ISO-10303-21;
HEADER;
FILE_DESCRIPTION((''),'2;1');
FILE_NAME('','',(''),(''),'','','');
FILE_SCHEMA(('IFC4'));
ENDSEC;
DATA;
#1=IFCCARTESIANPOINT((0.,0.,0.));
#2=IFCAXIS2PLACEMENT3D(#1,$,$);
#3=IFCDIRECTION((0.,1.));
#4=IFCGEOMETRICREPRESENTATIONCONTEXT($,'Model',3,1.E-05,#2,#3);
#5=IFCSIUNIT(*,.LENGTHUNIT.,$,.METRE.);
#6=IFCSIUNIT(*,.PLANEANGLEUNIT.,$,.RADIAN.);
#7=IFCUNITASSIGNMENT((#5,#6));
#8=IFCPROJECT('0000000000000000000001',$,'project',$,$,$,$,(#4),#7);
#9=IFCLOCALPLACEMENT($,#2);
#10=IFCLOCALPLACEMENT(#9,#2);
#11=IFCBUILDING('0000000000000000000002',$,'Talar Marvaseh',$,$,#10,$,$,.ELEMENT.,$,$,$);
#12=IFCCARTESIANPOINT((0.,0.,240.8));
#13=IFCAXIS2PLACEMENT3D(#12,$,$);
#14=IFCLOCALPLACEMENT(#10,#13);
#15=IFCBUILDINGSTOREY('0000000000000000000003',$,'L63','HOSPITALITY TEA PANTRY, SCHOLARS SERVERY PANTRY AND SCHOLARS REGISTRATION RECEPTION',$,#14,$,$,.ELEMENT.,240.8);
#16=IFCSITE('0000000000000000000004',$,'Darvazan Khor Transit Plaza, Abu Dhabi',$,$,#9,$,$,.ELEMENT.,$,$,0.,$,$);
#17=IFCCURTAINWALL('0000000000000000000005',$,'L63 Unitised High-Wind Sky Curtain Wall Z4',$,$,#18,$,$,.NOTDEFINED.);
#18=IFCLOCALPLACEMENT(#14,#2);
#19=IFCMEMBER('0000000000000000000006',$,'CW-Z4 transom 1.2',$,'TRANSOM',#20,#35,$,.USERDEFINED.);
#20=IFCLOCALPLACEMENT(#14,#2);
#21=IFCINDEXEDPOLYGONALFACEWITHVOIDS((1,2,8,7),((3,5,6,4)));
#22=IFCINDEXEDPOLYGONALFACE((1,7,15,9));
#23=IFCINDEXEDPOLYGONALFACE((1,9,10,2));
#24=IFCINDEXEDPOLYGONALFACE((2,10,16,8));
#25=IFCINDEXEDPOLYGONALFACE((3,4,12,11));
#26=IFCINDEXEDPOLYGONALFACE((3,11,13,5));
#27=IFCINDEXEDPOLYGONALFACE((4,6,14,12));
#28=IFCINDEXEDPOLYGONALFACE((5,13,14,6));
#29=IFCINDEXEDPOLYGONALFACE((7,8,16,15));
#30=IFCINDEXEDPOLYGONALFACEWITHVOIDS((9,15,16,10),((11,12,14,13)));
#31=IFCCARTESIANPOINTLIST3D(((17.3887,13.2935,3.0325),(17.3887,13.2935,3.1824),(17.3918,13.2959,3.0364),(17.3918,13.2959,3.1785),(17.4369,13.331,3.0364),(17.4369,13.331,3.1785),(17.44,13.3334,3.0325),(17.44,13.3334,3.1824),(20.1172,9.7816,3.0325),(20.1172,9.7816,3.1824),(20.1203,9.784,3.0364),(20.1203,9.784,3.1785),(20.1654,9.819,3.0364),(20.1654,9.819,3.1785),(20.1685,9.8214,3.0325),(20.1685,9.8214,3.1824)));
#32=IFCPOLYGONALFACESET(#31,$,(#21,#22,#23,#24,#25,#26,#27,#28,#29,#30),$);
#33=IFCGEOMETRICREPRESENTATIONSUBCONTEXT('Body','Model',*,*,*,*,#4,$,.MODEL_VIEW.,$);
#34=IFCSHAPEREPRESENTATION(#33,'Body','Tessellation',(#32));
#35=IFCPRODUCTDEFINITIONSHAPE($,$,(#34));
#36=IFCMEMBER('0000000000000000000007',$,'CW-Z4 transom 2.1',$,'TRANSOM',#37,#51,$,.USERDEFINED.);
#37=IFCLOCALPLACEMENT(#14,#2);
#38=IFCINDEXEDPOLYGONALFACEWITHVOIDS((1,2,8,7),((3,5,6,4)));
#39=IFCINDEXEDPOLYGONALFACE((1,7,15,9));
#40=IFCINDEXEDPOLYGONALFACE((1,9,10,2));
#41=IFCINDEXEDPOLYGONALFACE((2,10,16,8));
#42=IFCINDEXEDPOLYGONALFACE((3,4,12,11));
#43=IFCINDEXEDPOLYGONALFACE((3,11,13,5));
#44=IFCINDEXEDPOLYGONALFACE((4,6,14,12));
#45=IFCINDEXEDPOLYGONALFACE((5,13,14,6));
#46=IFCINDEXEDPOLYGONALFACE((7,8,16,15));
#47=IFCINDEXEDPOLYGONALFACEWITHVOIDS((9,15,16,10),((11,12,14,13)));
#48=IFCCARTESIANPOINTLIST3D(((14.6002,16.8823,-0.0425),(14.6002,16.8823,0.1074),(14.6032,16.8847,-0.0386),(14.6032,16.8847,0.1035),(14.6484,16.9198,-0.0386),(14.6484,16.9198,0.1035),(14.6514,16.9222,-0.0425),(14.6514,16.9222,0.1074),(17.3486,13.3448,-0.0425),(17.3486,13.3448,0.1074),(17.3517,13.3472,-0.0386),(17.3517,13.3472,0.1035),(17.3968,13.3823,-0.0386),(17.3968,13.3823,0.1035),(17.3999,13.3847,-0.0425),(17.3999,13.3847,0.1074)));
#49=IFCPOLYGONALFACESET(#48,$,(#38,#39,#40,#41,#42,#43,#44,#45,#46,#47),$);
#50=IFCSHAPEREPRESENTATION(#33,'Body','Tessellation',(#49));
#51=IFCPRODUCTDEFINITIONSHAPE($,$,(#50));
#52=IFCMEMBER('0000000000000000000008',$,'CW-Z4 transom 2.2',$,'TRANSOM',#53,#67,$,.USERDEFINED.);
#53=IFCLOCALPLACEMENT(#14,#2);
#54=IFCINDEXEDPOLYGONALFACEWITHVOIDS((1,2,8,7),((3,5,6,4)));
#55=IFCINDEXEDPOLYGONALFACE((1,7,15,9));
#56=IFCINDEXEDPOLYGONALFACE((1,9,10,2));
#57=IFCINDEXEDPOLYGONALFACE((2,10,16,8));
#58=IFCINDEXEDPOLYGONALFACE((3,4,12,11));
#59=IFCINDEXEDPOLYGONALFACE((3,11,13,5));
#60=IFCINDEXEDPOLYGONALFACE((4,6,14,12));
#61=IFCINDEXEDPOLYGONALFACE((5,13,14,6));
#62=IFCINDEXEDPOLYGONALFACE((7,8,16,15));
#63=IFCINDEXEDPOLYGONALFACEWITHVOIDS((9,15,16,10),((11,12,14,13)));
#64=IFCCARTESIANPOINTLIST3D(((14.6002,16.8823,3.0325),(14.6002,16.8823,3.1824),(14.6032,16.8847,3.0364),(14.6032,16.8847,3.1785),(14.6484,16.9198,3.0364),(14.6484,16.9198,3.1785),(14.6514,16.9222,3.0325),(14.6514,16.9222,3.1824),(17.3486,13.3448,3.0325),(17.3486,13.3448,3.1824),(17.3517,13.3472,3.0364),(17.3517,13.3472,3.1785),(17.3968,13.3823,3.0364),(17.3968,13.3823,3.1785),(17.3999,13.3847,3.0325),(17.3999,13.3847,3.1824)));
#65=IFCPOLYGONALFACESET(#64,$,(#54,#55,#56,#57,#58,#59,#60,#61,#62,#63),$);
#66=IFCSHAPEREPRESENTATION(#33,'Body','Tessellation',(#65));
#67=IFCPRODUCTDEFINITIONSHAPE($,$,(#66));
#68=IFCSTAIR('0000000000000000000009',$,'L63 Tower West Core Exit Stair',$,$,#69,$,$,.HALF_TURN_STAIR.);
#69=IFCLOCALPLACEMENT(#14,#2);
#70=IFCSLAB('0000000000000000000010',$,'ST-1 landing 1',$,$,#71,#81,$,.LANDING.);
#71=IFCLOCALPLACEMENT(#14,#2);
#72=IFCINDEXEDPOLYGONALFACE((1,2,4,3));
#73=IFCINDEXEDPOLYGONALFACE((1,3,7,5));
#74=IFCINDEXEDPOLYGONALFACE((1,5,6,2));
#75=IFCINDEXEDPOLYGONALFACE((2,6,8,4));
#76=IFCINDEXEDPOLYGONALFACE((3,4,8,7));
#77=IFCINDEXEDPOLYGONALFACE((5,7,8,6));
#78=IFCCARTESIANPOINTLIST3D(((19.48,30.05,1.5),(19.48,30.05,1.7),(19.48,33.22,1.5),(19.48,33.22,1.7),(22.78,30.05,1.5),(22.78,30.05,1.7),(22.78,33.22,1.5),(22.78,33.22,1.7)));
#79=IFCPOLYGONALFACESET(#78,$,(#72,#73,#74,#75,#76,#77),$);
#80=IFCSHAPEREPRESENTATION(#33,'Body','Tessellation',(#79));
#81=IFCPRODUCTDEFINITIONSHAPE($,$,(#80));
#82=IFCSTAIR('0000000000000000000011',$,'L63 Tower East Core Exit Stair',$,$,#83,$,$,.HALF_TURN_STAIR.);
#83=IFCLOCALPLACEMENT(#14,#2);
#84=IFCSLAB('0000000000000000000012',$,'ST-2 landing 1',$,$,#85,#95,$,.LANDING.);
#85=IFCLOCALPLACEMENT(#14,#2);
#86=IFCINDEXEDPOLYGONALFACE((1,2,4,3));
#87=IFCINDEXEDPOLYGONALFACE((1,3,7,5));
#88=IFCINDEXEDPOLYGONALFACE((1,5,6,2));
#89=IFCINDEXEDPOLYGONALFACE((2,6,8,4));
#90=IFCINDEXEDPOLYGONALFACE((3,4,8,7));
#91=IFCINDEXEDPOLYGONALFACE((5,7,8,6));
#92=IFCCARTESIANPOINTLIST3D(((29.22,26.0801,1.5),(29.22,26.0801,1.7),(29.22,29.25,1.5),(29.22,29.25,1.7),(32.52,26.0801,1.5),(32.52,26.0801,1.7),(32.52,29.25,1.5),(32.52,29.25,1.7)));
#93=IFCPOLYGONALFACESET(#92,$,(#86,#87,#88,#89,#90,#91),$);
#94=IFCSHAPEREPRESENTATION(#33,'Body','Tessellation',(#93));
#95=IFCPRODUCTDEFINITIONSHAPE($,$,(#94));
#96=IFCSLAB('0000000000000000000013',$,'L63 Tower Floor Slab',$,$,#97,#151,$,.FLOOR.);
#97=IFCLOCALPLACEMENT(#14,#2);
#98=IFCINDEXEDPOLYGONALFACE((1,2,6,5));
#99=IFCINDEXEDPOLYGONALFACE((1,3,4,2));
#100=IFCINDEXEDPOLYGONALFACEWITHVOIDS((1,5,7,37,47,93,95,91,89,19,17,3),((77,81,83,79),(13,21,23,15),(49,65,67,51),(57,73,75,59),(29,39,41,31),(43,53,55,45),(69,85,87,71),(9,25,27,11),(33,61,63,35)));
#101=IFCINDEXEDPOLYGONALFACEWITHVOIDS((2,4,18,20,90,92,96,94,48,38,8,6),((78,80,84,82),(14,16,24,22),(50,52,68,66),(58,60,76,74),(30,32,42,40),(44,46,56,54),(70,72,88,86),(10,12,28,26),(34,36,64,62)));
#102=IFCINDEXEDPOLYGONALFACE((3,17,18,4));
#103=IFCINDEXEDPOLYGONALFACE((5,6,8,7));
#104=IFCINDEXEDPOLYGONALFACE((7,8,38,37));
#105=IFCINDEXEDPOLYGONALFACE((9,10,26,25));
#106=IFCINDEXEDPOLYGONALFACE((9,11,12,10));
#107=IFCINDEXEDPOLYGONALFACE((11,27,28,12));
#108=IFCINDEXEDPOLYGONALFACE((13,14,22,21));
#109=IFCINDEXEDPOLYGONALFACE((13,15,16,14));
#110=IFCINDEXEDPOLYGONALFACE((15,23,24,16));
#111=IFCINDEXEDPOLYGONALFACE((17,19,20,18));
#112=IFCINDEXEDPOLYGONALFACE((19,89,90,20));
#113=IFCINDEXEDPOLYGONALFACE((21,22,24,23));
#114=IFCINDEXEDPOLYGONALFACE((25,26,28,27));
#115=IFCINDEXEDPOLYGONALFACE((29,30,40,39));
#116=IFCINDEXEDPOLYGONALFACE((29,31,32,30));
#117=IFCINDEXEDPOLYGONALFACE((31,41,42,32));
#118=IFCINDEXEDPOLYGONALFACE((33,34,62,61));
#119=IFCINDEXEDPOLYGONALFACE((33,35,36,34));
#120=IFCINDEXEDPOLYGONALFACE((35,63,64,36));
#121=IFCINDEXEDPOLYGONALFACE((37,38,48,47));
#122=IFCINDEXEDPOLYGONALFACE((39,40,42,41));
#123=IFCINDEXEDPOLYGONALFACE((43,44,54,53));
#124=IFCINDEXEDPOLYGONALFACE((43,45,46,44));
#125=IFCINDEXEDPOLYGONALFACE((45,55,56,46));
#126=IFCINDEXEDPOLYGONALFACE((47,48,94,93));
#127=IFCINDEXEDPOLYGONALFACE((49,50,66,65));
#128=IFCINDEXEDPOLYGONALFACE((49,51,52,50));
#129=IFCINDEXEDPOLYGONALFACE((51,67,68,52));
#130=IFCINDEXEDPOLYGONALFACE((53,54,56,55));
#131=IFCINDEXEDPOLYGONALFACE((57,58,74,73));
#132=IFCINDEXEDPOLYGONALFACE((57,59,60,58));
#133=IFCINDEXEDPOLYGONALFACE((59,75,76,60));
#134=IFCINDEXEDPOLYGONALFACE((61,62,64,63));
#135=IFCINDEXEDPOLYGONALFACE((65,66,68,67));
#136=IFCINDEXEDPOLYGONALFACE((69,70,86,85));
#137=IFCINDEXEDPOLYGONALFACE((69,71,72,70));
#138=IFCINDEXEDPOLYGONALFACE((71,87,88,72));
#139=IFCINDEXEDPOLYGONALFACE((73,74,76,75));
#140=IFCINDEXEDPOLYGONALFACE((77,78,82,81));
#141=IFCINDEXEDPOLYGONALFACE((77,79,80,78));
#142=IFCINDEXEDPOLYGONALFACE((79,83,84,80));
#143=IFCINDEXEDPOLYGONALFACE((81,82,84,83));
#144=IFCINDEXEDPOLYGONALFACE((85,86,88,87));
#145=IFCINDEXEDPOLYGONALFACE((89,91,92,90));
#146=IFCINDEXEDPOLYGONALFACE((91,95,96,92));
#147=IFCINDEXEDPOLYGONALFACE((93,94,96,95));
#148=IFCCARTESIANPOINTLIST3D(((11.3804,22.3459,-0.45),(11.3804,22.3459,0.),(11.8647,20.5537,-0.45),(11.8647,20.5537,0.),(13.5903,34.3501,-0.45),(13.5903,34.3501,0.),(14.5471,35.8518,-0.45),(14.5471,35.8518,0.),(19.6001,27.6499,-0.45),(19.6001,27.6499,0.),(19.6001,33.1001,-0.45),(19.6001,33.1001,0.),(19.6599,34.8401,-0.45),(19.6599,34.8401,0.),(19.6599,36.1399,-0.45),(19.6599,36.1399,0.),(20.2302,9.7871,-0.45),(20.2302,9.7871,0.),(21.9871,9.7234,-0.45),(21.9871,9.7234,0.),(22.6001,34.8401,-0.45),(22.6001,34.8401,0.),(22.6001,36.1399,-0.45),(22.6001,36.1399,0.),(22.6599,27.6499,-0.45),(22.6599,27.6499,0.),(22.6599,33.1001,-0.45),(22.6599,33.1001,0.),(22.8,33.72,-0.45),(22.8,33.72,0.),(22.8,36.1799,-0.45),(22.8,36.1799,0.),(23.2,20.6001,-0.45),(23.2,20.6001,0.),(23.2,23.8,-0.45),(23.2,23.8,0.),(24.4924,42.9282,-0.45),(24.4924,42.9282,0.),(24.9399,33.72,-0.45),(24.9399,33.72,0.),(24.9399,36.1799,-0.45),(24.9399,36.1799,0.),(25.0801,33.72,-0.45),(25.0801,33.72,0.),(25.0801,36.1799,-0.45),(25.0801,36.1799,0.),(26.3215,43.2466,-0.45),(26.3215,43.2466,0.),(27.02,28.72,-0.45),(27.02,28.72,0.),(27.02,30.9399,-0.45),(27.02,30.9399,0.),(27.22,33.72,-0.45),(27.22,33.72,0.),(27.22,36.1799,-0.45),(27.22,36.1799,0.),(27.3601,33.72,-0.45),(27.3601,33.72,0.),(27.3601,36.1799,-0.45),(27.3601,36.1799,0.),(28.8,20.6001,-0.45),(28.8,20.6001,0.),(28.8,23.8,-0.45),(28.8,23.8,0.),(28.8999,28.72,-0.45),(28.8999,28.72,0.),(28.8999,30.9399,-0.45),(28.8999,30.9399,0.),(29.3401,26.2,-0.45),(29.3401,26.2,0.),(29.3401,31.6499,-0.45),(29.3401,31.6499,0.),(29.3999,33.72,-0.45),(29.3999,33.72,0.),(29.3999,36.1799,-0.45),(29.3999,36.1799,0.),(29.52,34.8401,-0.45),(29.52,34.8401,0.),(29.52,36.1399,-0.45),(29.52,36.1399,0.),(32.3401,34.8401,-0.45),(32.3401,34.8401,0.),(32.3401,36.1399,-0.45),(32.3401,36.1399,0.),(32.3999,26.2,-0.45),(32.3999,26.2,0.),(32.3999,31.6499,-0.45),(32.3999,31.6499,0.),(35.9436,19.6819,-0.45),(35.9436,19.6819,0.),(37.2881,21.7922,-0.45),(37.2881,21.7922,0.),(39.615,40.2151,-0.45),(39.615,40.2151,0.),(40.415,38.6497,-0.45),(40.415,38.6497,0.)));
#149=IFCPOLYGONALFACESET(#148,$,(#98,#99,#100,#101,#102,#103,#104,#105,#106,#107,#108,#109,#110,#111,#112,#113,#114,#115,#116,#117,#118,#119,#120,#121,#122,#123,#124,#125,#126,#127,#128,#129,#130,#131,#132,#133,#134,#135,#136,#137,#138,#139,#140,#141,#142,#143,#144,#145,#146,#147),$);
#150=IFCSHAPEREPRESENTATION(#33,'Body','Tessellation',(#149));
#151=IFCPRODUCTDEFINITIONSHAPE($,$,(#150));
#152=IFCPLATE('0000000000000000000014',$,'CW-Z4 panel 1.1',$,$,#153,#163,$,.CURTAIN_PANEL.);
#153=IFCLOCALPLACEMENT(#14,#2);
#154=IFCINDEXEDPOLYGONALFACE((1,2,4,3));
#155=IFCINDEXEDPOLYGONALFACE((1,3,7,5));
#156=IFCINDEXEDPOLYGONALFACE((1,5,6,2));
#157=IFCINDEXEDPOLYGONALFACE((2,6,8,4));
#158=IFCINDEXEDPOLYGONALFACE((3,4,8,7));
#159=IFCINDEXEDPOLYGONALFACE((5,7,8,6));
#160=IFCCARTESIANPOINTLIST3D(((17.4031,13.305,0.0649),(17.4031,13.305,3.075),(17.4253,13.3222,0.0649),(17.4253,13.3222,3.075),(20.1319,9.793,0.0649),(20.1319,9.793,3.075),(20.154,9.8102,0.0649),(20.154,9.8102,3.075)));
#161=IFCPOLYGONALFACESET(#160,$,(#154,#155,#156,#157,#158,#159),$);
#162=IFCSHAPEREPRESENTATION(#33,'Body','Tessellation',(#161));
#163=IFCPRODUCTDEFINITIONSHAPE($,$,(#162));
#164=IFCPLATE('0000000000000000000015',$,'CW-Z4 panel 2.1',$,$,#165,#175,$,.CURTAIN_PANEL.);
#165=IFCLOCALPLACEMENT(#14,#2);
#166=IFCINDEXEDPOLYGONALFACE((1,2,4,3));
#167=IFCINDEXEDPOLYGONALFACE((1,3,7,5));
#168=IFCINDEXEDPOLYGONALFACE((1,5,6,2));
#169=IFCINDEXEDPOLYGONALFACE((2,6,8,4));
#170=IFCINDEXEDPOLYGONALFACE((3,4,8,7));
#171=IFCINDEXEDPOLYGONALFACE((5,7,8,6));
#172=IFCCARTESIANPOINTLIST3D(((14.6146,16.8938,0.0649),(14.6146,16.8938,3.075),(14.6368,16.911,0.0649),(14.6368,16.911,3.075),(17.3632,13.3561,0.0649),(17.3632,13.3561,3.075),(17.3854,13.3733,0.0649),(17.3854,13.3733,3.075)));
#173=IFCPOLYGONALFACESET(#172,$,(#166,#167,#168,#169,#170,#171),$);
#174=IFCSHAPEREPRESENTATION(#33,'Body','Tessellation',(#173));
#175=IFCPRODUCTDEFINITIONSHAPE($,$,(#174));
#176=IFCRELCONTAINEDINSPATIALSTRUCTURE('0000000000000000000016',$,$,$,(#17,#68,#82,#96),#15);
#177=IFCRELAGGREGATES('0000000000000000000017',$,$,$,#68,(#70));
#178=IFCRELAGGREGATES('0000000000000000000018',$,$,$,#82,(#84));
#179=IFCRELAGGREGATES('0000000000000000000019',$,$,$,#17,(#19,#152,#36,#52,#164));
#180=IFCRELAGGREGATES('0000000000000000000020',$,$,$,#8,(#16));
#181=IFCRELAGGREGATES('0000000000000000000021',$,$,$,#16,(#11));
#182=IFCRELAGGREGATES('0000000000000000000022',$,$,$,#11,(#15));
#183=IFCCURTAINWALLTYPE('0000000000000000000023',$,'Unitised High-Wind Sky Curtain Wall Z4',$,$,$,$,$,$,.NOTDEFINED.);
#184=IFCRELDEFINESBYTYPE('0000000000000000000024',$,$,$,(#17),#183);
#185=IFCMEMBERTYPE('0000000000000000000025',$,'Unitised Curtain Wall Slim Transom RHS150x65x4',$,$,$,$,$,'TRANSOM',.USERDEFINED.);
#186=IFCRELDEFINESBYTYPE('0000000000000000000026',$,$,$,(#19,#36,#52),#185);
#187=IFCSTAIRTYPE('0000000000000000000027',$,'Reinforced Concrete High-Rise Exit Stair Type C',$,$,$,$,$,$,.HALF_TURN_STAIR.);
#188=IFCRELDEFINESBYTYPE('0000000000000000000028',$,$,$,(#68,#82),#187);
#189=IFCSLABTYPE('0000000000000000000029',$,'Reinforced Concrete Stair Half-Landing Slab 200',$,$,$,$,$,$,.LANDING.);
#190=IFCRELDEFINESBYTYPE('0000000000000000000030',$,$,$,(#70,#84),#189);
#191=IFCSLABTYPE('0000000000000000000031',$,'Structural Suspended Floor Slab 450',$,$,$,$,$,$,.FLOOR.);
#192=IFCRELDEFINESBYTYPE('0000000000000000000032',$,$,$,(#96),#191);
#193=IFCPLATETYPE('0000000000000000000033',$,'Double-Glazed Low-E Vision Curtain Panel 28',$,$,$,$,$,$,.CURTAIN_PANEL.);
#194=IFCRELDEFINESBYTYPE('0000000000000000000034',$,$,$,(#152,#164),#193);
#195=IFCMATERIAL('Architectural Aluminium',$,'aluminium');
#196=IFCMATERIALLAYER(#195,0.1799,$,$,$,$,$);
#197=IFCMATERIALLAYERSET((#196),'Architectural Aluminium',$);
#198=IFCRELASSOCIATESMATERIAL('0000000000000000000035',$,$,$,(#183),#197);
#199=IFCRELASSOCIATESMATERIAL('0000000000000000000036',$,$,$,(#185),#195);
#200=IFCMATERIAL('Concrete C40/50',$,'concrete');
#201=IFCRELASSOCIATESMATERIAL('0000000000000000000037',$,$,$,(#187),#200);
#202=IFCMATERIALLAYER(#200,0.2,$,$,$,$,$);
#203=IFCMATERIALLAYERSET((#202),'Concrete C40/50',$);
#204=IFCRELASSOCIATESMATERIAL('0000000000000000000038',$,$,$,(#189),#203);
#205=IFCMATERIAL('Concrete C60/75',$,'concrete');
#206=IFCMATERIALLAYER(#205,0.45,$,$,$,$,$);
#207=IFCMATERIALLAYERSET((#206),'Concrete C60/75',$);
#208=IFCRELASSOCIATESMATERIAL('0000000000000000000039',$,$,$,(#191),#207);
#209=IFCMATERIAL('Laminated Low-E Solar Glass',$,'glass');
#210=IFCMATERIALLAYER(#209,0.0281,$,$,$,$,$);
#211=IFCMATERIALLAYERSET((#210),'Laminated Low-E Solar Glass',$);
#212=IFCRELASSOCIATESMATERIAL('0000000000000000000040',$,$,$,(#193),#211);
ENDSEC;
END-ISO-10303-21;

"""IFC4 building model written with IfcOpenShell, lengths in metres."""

from ifc_helpers import new_model, si_unit, direction, frame, origin, origin_2d, place, context, subcontext, project, spatial, polyline, rectangle, hollow_rectangle, outline, extrude, source, transform, mapped, material, layer, layer_set, material_profile, profile_set, type_object, type_shapes, element, aggregate, save


model = new_model("IFC4")

# Units and contexts
model_context = context("Model", 3, precision=1e-05, world=origin(), true_north=direction((0.0, 1.0)))
body_context = subcontext(model_context, "Body", "Model", "MODEL_VIEW")
ifc_project = project(units=[si_unit("LENGTHUNIT", "METRE"), si_unit("PLANEANGLEUNIT", "RADIAN")], contexts=[model_context])

# Site, building, storey
site_placement = place(None, origin())
site = spatial("IfcSite", under=ifc_project, at=site_placement, Name="Darvazan Khor Transit Plaza, Abu Dhabi", CompositionType="ELEMENT", RefElevation=0.0)
building_placement = place(site_placement, origin())
building = spatial("IfcBuilding", under=site, at=building_placement, Name="Talar Marvaseh", CompositionType="ELEMENT")
storey_placement = place(building_placement, frame((0.0, 0.0, 240.8)))
storey = spatial("IfcBuildingStorey", under=building, at=storey_placement, Name="L63", Description="HOSPITALITY TEA PANTRY, SCHOLARS SERVERY PANTRY AND SCHOLARS REGISTRATION RECEPTION", CompositionType="ELEMENT", Elevation=240.8)

# Curtain wall
ifc_material_1 = material(Name="Architectural Aluminium", Category="aluminium")
ifc_layer_1 = layer(ifc_material_1, 0.1799)
ifc_layer_set_1 = layer_set([ifc_layer_1], Name="Architectural Aluminium")
curtain_wall_type = type_object("IfcCurtainWallType", Name="Unitised High-Wind Sky Curtain Wall Z4", PredefinedType="NOTDEFINED", material=ifc_layer_set_1)
curtain_wall_1_placement = place(storey_placement, origin())
curtain_wall_1 = element("IfcCurtainWall", 1, at=curtain_wall_1_placement, inside=storey, type_object=curtain_wall_type, Name="L63 Unitised High-Wind Sky Curtain Wall Z4", PredefinedType="NOTDEFINED")

# Members
ifc_material_profile_1 = material_profile(ifc_material_1, hollow_rectangle(XDim=0.0649, YDim=0.1499, WallThickness=0.0039, at=origin_2d()), Name="RHS150x65x4")
ifc_profile_set_1 = profile_set([ifc_material_profile_1], Name="Architectural Aluminium")
member_type_1 = type_object("IfcMemberType", Name="Unitised Curtain Wall Slim Transom RHS150x65x4", ElementType="TRANSOM", PredefinedType="USERDEFINED", material=ifc_profile_set_1)
shared_shape_1 = source(origin(), body_context, "Body", "SweptSolid", [
    extrude(hollow_rectangle(XDim=0.0649, YDim=0.1499, WallThickness=0.0039, at=origin_2d()), origin(), (0.0, 0.0, 1.0), 4.4473),
])
member_1_placement = place(storey_placement, frame((20.1428, 9.8015, 3.1074), z_axis=(-0.613519, 0.78968, 0.0), x_axis=(-0.78968, -0.613519, 0.0)))
member_1 = element("IfcMember", 2, at=member_1_placement, type_object=member_type_1, Name="CW-Z4 transom 1.2", ObjectType="TRANSOM", PredefinedType="USERDEFINED", context=body_context, shape_type="MappedRepresentation", body=[
    mapped(shared_shape_1, transform((0.0, 0.0, 0.0), x_axis=(1.0, 0.0, 0.0), y_axis=(0.0, 1.0, 0.0), z_axis=(0.0, 0.0, 1.0), scale=1.0)),
])
shared_shape_2 = source(origin(), body_context, "Body", "SweptSolid", [
    extrude(hollow_rectangle(XDim=0.0649, YDim=0.1499, WallThickness=0.0039, at=origin_2d()), origin(), (0.0, 0.0, 1.0), 4.4797),
])
type_shapes(member_type_1, [shared_shape_1, shared_shape_2])
member_2_placement = place(storey_placement, frame((17.3743, 13.3647, 0.0325), z_axis=(-0.613533, 0.789669, 0.0), x_axis=(-0.789669, -0.613533, 0.0)))
member_2 = element("IfcMember", 3, at=member_2_placement, type_object=member_type_1, Name="CW-Z4 transom 2.1", ObjectType="TRANSOM", PredefinedType="USERDEFINED", context=body_context, shape_type="MappedRepresentation", body=[
    mapped(shared_shape_2, transform((0.0, 0.0, 0.0), x_axis=(1.0, 0.0, 0.0), y_axis=(0.0, 1.0, 0.0), z_axis=(0.0, 0.0, 1.0), scale=1.0)),
])
member_3_placement = place(storey_placement, frame((17.3743, 13.3647, 3.1074), z_axis=(-0.613533, 0.789669, 0.0), x_axis=(-0.789669, -0.613533, 0.0)))
member_3 = element("IfcMember", 4, at=member_3_placement, type_object=member_type_1, Name="CW-Z4 transom 2.2", ObjectType="TRANSOM", PredefinedType="USERDEFINED", context=body_context, shape_type="MappedRepresentation", body=[
    mapped(shared_shape_2, transform((0.0, 0.0, 0.0), x_axis=(1.0, 0.0, 0.0), y_axis=(0.0, 1.0, 0.0), z_axis=(0.0, 0.0, 1.0), scale=1.0)),
])

# Stairs, slabs
ifc_material_2 = material(Name="Concrete C40/50", Category="concrete")
stair_type = type_object("IfcStairType", Name="Reinforced Concrete High-Rise Exit Stair Type C", PredefinedType="HALF_TURN_STAIR", material=ifc_material_2)
stair_1_placement = place(storey_placement, origin())
stair_1 = element("IfcStair", 5, at=stair_1_placement, inside=storey, type_object=stair_type, Name="L63 Tower West Core Exit Stair", PredefinedType="HALF_TURN_STAIR")
ifc_layer_2 = layer(ifc_material_2, 0.2)
ifc_layer_set_2 = layer_set([ifc_layer_2], Name="Concrete C40/50")
slab_type_1 = type_object("IfcSlabType", Name="Reinforced Concrete Stair Half-Landing Slab 200", PredefinedType="LANDING", material=ifc_layer_set_2)
slab_1_placement = place(storey_placement, frame((0.0, 0.0, 1.5)))
slab_1 = element("IfcSlab", 6, at=slab_1_placement, type_object=slab_type_1, Name="ST-1 landing 1", PredefinedType="LANDING", context=body_context, shape_type="SweptSolid", body=[
    extrude(outline(polyline([(22.78, 30.05), (22.78, 33.22), (19.48, 33.22), (19.48, 30.05), (22.78, 30.05)])), origin(), (0.0, 0.0, 1.0), 0.2),
])
aggregate(stair_1, [slab_1])
stair_2_placement = place(storey_placement, origin())
stair_2 = element("IfcStair", 7, at=stair_2_placement, inside=storey, type_object=stair_type, Name="L63 Tower East Core Exit Stair", PredefinedType="HALF_TURN_STAIR")
slab_2_placement = place(storey_placement, frame((0.0, 0.0, 1.5)))
slab_2 = element("IfcSlab", 8, at=slab_2_placement, type_object=slab_type_1, Name="ST-2 landing 1", PredefinedType="LANDING", context=body_context, shape_type="SweptSolid", body=[
    extrude(outline(polyline([(29.22, 29.25), (29.22, 26.0801), (32.52, 26.0801), (32.52, 29.25), (29.22, 29.25)])), origin(), (0.0, 0.0, 1.0), 0.2),
])
aggregate(stair_2, [slab_2])

# Slab
ifc_material_3 = material(Name="Concrete C60/75", Category="concrete")
ifc_layer_3 = layer(ifc_material_3, 0.45)
ifc_layer_set_3 = layer_set([ifc_layer_3], Name="Concrete C60/75")
slab_type_2 = type_object("IfcSlabType", Name="Structural Suspended Floor Slab 450", PredefinedType="FLOOR", material=ifc_layer_set_3)
slab_3_placement = place(storey_placement, frame((0.0, 0.0, -0.45)))
element("IfcSlab", 9, at=slab_3_placement, inside=storey, type_object=slab_type_2, Name="L63 Tower Floor Slab", PredefinedType="FLOOR", context=body_context, shape_type="SweptSolid", body=[
    extrude(outline(polyline([(21.9871, 9.7234), (20.2302, 9.7871), (11.8647, 20.5537), (11.3804, 22.3459), (13.5903, 34.3501), (14.5471, 35.8518), (24.4924, 42.9282), (26.3215, 43.2466), (39.615, 40.2151), (40.415, 38.6497), (37.2881, 21.7922), (35.9436, 19.6819), (21.9871, 9.7234)]), holes=[polyline([(22.6599, 27.6499), (22.6599, 33.1001), (19.6001, 33.1001), (19.6001, 27.6499), (22.6599, 27.6499)]), polyline([(29.3401, 31.6499), (29.3401, 26.2), (32.3999, 26.2), (32.3999, 31.6499), (29.3401, 31.6499)]), polyline([(22.8, 33.72), (24.9399, 33.72), (24.9399, 36.1799), (22.8, 36.1799), (22.8, 33.72)]), polyline([(25.0801, 33.72), (27.22, 33.72), (27.22, 36.1799), (25.0801, 36.1799), (25.0801, 33.72)]), polyline([(27.3601, 33.72), (29.3999, 33.72), (29.3999, 36.1799), (27.3601, 36.1799), (27.3601, 33.72)]), polyline([(27.02, 28.72), (28.8999, 28.72), (28.8999, 30.9399), (27.02, 30.9399), (27.02, 28.72)]), polyline([(19.6599, 34.8401), (22.6001, 34.8401), (22.6001, 36.1399), (19.6599, 36.1399), (19.6599, 34.8401)]), polyline([(29.52, 34.8401), (32.3401, 34.8401), (32.3401, 36.1399), (29.52, 36.1399), (29.52, 34.8401)]), polyline([(23.2, 20.6001), (28.8, 20.6001), (28.8, 23.8), (23.2, 23.8), (23.2, 20.6001)])]), origin(), (0.0, 0.0, 1.0), 0.45),
])

# Plates
ifc_material_4 = material(Name="Laminated Low-E Solar Glass", Category="glass")
ifc_layer_4 = layer(ifc_material_4, 0.0281)
ifc_layer_set_4 = layer_set([ifc_layer_4], Name="Laminated Low-E Solar Glass")
plate_type = type_object("IfcPlateType", Name="Double-Glazed Low-E Vision Curtain Panel 28", PredefinedType="CURTAIN_PANEL", material=ifc_layer_set_4)
shared_shape_3 = source(origin(), body_context, "Body", "SweptSolid", [
    extrude(rectangle(XDim=4.4475, YDim=0.0281, at=origin_2d()), origin(), (0.0, 0.0, 1.0), 3.01),
])
plate_1_placement = place(storey_placement, frame((18.7786, 11.5576, 0.0649), z_axis=(0.0, 0.0, 1.0), x_axis=(-0.613544, 0.789661, 0.0)))
plate_1 = element("IfcPlate", 10, at=plate_1_placement, type_object=plate_type, Name="CW-Z4 panel 1.1", PredefinedType="CURTAIN_PANEL", context=body_context, shape_type="MappedRepresentation", body=[
    mapped(shared_shape_3, transform((0.0, 0.0, 0.0), x_axis=(1.0, 0.0, 0.0), y_axis=(0.0, 1.0, 0.0), z_axis=(0.0, 0.0, 1.0), scale=1.0)),
])
shared_shape_4 = source(origin(), body_context, "Body", "SweptSolid", [
    extrude(rectangle(XDim=4.48, YDim=0.0281, at=origin_2d()), origin(), (0.0, 0.0, 1.0), 3.01),
])
type_shapes(plate_type, [shared_shape_3, shared_shape_4])
plate_2_placement = place(storey_placement, frame((16.0, 15.1335, 0.0649), z_axis=(0.0, 0.0, 1.0), x_axis=(-0.613544, 0.789661, 0.0)))
plate_2 = element("IfcPlate", 11, at=plate_2_placement, type_object=plate_type, Name="CW-Z4 panel 2.1", PredefinedType="CURTAIN_PANEL", context=body_context, shape_type="MappedRepresentation", body=[
    mapped(shared_shape_4, transform((0.0, 0.0, 0.0), x_axis=(1.0, 0.0, 0.0), y_axis=(0.0, 1.0, 0.0), z_axis=(0.0, 0.0, 1.0), scale=1.0)),
])
aggregate(curtain_wall_1, [member_1, plate_1, member_2, member_3, plate_2])

save(model, "model.ifc")
